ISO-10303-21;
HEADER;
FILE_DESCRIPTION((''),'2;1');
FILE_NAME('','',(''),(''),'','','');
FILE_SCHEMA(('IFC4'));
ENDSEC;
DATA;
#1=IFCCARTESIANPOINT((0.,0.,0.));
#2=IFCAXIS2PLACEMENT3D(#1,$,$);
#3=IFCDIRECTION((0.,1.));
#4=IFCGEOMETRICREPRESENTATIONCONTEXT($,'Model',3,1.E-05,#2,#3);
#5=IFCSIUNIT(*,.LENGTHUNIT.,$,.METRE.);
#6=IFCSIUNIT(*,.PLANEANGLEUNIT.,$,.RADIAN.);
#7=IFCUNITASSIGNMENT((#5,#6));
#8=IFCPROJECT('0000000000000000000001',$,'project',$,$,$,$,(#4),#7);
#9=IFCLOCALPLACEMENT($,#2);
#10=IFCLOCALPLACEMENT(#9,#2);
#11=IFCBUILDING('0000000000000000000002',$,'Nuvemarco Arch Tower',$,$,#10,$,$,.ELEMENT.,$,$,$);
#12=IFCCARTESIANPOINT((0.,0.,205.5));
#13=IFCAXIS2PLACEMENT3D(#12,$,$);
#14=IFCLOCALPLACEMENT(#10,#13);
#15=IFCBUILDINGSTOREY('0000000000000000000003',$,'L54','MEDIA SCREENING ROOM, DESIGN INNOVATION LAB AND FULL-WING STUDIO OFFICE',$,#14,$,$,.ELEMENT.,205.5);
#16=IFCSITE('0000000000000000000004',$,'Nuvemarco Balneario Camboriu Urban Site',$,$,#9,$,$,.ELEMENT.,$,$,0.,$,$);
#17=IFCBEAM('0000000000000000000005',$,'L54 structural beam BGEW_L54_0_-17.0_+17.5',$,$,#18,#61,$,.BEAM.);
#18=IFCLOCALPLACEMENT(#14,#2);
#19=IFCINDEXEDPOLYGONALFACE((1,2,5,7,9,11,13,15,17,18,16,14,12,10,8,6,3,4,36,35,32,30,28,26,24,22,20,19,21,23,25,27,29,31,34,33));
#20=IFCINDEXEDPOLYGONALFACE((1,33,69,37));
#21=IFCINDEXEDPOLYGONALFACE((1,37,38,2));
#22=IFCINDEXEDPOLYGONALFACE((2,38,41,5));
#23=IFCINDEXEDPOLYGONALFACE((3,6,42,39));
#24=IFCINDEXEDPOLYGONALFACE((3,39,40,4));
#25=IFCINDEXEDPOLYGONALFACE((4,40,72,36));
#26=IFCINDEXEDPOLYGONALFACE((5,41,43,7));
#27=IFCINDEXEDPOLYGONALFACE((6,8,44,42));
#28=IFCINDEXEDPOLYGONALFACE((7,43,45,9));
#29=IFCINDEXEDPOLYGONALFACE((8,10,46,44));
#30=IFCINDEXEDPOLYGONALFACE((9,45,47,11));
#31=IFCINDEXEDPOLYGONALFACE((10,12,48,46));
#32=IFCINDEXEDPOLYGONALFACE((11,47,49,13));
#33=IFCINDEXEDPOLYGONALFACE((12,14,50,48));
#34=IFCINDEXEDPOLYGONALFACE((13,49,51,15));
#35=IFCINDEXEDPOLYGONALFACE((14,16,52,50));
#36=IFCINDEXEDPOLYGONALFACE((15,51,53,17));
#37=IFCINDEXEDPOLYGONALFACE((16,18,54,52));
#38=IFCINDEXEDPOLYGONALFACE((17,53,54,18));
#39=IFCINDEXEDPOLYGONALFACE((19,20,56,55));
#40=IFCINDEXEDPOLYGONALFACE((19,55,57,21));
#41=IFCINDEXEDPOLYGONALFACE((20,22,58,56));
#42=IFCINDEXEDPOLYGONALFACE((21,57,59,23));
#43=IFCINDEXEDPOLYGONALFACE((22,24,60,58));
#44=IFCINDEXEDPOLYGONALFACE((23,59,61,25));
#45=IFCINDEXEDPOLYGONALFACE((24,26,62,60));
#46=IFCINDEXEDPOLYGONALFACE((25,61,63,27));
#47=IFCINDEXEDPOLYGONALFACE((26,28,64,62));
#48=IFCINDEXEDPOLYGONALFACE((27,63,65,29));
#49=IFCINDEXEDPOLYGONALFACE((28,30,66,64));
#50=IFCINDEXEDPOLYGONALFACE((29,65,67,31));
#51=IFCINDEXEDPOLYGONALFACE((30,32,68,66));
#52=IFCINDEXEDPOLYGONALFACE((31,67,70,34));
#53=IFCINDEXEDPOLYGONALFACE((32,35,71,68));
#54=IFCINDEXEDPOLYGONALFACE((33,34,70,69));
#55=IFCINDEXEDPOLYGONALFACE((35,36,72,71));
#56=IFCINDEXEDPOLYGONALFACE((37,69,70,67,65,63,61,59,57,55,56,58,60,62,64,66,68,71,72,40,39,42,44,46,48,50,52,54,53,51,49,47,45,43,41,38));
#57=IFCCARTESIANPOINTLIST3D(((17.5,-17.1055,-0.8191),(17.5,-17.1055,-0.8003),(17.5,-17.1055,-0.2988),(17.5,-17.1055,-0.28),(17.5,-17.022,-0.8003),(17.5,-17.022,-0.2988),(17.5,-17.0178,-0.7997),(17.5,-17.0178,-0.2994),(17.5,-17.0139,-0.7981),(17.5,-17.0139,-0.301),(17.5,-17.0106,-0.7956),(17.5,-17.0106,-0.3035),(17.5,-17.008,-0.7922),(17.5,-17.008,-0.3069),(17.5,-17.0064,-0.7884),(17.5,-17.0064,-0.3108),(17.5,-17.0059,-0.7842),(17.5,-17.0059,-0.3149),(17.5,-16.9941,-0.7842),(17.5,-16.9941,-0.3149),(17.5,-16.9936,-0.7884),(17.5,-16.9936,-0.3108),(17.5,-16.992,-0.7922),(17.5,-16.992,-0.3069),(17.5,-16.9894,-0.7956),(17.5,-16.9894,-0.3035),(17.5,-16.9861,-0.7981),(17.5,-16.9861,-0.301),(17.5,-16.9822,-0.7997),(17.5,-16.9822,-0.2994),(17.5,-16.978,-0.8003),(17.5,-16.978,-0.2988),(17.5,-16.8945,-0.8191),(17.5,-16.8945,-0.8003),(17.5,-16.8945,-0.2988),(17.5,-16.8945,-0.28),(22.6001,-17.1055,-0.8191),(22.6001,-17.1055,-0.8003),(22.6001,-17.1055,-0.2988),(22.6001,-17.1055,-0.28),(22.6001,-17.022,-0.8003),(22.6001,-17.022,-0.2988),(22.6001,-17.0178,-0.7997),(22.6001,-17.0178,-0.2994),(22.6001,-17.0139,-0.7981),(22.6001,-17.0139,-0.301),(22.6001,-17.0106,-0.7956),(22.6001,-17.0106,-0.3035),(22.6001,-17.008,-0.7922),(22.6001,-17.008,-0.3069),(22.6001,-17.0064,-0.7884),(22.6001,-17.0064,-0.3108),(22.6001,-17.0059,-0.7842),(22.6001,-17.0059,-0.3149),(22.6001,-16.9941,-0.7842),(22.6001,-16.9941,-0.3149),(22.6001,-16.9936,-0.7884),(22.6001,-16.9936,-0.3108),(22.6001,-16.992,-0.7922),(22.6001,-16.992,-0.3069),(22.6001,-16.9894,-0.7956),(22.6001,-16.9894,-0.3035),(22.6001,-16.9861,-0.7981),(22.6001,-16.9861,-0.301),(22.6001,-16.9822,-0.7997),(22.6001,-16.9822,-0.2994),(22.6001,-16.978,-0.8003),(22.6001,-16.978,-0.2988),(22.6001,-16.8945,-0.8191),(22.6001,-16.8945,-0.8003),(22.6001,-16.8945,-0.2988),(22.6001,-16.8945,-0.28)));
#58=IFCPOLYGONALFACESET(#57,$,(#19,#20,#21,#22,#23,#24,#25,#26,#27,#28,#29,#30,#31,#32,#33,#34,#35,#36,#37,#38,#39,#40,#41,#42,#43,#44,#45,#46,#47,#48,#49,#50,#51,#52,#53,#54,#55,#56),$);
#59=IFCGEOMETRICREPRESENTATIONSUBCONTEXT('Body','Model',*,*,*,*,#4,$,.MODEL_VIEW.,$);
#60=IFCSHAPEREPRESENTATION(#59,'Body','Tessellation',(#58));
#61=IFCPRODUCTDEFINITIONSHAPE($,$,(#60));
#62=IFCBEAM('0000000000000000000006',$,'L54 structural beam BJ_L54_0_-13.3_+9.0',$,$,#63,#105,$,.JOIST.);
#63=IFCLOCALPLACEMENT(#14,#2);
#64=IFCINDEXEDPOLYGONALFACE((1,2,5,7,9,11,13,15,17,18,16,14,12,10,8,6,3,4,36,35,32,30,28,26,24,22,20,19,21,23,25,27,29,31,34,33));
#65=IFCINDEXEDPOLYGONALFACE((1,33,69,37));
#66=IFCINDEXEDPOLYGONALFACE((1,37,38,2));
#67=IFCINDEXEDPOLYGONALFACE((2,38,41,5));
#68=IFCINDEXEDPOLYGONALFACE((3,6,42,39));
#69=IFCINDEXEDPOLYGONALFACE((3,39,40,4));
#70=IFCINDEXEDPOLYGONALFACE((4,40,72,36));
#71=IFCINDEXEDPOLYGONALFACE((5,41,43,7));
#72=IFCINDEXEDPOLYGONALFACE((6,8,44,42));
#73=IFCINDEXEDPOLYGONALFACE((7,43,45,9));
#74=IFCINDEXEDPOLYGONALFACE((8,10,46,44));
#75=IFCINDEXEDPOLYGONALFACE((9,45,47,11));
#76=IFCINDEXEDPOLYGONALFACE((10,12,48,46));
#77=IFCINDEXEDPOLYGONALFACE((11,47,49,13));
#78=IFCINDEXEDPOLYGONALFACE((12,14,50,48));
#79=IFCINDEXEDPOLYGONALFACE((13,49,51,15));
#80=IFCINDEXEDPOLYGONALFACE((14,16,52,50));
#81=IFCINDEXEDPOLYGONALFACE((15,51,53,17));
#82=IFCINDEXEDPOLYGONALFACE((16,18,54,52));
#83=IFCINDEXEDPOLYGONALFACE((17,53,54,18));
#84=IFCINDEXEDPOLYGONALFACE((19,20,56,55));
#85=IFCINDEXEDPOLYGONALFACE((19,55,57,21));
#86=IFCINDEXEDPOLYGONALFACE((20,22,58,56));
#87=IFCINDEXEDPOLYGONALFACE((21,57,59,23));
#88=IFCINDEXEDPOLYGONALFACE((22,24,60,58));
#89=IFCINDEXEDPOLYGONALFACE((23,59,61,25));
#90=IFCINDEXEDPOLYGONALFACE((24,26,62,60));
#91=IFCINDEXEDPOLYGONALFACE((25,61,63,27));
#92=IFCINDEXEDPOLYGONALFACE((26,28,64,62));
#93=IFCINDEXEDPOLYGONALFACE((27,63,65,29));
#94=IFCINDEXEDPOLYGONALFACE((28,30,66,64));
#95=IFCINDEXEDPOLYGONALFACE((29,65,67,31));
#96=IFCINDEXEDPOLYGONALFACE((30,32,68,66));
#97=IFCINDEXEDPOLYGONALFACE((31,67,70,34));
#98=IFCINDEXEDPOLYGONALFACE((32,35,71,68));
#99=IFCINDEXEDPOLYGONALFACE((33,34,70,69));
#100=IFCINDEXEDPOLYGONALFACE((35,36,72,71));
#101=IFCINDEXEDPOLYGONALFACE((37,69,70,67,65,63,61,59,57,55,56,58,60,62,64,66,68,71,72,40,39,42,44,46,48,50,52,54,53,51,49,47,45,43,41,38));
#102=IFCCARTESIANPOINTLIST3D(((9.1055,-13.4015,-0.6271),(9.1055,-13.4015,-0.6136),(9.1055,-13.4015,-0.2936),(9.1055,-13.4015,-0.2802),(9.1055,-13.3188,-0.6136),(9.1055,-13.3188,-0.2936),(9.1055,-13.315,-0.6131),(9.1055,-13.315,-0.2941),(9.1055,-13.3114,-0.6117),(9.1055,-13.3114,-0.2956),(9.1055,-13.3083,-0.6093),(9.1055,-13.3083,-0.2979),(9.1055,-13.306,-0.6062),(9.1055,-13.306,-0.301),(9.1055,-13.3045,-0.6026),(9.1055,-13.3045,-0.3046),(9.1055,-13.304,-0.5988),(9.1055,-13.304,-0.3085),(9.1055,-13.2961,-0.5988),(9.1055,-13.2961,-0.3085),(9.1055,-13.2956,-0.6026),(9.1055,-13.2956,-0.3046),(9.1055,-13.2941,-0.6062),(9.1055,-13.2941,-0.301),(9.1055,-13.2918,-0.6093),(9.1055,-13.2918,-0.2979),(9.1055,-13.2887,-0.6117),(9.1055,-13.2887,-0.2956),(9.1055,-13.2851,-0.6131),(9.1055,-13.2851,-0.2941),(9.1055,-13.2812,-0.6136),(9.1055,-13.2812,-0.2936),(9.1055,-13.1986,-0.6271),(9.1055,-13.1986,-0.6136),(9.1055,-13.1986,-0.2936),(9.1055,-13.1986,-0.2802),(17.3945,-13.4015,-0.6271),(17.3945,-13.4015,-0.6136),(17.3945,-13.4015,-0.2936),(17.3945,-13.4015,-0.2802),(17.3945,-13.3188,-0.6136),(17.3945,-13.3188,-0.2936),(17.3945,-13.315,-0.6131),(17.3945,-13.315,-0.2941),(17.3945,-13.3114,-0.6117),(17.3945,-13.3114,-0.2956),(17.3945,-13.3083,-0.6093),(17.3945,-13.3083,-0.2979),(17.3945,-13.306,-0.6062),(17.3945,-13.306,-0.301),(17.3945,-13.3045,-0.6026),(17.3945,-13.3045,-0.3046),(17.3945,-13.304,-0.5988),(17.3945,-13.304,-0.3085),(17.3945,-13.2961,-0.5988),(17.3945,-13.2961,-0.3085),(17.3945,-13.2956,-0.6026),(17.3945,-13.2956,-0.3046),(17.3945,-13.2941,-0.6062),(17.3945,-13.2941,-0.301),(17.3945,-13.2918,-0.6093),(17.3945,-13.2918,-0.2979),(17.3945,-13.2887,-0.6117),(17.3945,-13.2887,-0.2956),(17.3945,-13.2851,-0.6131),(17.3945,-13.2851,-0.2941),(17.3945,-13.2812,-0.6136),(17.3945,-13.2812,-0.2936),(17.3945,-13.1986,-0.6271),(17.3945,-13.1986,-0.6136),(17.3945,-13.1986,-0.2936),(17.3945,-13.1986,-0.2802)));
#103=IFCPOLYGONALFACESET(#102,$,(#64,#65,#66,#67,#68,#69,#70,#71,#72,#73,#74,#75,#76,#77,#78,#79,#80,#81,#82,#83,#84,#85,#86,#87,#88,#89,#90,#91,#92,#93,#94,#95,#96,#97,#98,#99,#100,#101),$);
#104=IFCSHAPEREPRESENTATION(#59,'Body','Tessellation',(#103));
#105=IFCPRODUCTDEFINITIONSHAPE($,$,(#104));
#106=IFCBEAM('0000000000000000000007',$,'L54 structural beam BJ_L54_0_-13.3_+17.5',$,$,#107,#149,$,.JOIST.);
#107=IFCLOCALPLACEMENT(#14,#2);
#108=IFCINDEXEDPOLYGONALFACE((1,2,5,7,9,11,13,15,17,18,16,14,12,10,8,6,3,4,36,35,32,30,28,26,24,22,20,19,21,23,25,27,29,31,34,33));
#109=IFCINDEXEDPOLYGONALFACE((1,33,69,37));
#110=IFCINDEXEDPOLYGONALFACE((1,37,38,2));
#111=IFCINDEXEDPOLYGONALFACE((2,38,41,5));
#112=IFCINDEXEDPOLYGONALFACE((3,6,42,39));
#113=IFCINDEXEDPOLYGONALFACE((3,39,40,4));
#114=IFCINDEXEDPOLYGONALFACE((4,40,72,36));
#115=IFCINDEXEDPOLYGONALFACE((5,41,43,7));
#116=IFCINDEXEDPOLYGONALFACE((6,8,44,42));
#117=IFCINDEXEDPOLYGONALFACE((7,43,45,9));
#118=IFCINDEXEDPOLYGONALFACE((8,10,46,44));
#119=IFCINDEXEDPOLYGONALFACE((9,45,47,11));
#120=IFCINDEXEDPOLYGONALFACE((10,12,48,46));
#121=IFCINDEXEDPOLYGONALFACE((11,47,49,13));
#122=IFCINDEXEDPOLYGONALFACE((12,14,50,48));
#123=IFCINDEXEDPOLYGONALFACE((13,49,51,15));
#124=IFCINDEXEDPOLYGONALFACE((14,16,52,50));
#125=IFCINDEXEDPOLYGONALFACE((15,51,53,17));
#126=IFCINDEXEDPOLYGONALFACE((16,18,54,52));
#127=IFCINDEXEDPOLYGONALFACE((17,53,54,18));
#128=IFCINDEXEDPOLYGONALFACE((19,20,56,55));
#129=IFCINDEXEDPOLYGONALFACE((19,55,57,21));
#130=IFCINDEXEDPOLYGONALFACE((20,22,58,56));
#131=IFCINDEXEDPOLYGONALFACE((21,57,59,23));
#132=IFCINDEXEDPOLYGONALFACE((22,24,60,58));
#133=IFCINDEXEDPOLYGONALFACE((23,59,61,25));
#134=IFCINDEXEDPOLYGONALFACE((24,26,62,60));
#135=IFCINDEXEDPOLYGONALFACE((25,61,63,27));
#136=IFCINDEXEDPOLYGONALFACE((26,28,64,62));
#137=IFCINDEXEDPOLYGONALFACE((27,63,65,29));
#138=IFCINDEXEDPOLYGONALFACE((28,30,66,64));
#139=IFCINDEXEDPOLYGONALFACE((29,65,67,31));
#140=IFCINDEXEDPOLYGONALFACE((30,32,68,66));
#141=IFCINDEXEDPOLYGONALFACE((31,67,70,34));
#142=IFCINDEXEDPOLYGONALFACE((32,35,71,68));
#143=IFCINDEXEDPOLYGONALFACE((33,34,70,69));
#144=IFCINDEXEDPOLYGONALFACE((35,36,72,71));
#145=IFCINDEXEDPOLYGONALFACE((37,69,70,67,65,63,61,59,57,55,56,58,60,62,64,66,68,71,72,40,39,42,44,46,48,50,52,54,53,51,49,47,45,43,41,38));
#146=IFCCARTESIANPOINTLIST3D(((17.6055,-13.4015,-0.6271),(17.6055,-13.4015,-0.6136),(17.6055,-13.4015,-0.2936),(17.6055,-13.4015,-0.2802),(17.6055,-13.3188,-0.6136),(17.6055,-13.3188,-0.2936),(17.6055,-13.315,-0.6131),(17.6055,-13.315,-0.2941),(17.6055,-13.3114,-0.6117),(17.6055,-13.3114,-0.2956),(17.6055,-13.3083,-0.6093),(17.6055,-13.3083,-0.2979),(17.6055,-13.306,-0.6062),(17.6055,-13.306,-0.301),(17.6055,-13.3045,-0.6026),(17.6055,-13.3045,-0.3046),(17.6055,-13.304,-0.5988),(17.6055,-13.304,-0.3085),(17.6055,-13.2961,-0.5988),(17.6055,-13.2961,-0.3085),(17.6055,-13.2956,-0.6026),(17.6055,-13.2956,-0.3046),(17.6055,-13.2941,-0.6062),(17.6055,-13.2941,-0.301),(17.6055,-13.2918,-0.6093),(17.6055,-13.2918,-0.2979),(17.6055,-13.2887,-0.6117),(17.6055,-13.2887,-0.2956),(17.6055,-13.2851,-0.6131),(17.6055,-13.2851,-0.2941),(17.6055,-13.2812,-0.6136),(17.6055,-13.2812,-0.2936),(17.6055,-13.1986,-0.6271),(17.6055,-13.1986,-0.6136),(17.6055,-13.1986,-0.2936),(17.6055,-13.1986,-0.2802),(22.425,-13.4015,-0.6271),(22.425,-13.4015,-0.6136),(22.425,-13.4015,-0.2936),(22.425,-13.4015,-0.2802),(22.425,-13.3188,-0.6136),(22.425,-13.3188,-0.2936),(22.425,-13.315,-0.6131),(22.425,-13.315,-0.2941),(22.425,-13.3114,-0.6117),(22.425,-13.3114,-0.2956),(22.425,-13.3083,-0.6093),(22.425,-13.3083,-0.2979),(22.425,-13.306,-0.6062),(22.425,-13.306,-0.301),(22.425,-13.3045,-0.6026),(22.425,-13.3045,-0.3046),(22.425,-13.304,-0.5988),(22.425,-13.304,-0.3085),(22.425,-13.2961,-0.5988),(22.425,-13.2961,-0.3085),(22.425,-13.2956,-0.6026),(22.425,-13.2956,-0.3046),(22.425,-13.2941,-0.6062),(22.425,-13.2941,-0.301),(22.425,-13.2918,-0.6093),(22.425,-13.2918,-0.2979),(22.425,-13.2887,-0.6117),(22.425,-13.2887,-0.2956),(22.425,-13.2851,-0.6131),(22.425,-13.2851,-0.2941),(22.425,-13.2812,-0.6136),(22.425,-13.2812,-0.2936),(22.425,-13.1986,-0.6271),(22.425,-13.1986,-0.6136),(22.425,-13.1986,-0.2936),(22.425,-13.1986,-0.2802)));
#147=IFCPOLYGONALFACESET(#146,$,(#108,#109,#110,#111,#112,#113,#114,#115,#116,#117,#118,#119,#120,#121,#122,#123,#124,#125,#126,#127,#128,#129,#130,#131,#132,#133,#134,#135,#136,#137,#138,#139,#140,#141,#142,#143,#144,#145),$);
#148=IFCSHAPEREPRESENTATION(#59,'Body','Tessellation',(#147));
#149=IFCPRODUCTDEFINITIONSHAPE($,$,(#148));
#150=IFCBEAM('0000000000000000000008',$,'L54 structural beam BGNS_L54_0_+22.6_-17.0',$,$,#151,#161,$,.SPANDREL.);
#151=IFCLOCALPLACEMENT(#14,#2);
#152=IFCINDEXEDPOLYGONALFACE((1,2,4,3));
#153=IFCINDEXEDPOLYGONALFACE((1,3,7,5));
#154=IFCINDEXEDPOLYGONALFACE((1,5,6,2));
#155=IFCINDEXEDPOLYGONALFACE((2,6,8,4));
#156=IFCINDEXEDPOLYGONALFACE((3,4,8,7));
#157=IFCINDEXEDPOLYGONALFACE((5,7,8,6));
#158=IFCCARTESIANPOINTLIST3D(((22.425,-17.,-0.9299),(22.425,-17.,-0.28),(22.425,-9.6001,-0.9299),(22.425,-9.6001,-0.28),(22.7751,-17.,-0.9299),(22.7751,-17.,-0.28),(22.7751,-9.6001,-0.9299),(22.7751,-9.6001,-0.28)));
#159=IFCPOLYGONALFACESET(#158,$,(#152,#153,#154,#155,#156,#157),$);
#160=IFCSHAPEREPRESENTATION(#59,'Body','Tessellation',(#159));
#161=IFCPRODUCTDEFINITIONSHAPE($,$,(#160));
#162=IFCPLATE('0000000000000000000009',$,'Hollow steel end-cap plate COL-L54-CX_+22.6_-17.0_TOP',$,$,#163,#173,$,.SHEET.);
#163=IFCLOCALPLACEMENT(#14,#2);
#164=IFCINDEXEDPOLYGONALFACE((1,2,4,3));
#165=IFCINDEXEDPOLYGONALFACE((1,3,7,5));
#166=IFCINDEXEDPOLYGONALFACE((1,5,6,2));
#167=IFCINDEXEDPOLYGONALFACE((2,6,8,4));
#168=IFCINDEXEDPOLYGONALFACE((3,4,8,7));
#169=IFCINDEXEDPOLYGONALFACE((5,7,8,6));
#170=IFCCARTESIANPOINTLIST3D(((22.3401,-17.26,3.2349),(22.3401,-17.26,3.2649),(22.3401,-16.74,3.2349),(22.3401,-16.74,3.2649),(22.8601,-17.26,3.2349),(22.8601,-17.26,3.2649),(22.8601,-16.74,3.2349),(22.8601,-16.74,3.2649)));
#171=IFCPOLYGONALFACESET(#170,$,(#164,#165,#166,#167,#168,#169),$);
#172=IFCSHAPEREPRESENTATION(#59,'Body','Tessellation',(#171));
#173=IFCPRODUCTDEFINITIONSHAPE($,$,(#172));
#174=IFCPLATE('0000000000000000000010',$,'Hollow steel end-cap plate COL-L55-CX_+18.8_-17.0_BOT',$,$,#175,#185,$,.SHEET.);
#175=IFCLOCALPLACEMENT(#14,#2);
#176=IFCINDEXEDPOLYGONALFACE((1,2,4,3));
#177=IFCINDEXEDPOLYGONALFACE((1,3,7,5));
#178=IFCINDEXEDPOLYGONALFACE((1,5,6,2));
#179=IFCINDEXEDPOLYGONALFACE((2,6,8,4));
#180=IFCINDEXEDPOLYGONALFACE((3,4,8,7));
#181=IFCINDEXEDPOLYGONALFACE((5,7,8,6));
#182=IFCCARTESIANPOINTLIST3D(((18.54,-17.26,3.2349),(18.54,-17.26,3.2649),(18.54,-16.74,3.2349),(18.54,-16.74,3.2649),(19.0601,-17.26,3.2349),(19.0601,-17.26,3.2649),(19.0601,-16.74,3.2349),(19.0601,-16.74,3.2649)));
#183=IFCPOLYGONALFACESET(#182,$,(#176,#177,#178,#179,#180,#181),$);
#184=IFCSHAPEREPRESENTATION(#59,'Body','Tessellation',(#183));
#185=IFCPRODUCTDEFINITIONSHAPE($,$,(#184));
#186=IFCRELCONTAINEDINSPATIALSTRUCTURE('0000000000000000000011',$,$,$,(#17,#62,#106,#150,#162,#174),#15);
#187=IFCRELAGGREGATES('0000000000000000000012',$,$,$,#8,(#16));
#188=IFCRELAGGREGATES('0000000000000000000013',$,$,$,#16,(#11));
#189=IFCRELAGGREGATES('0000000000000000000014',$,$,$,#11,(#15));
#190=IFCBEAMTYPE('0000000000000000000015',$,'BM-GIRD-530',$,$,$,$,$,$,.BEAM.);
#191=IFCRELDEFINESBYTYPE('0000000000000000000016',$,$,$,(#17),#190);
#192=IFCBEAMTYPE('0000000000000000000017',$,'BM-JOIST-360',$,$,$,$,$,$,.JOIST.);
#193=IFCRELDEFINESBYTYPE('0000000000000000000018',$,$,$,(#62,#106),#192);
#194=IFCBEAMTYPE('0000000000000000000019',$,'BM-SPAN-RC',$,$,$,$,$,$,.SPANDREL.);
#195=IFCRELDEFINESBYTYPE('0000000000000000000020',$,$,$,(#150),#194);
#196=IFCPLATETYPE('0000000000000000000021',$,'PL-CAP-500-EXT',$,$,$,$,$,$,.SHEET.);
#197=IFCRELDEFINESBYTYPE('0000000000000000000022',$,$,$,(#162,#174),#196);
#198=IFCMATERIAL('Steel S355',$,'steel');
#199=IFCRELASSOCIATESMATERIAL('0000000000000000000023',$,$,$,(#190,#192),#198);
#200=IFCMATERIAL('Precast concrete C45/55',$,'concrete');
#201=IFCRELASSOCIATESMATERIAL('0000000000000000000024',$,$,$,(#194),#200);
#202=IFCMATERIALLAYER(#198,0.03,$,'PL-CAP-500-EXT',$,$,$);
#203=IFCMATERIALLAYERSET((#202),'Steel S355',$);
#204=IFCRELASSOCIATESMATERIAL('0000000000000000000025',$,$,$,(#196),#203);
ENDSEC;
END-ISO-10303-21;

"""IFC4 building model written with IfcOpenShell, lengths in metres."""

from ifc_helpers import new_model, si_unit, direction, frame, origin, origin_2d, place, context, subcontext, project, spatial, rectangle, i_section, extrude, source, transform, mapped, material, layer, layer_set, material_profile, profile_set, type_object, type_shapes, element, save


model = new_model("IFC4")

# Units and contexts
model_context = context("Model", 3, precision=1e-05, world=origin(), true_north=direction((0.0, 1.0)))
body_context = subcontext(model_context, "Body", "Model", "MODEL_VIEW")
ifc_project = project(units=[si_unit("LENGTHUNIT", "METRE"), si_unit("PLANEANGLEUNIT", "RADIAN")], contexts=[model_context])

# Site, building, storey
site_placement = place(None, origin())
site = spatial("IfcSite", under=ifc_project, at=site_placement, Name="Nuvemarco Balneario Camboriu Urban Site", CompositionType="ELEMENT", RefElevation=0.0)
building_placement = place(site_placement, origin())
building = spatial("IfcBuilding", under=site, at=building_placement, Name="Nuvemarco Arch Tower", CompositionType="ELEMENT")
storey_placement = place(building_placement, frame((0.0, 0.0, 205.5)))
storey = spatial("IfcBuildingStorey", under=building, at=storey_placement, Name="L54", Description="MEDIA SCREENING ROOM, DESIGN INNOVATION LAB AND FULL-WING STUDIO OFFICE", CompositionType="ELEMENT", Elevation=205.5)

# Shared definitions
ifc_material_1 = material(Name="Steel S355", Category="steel")

# Beams
ifc_material_profile_1 = material_profile(ifc_material_1, i_section(OverallWidth=0.2109, OverallDepth=0.5391, WebThickness=0.0117, FlangeThickness=0.0188, FilletRadius=0.0161, at=origin_2d()), Name="W530x109")
ifc_profile_set_1 = profile_set([ifc_material_profile_1], Name="Steel S355")
beam_type_1 = type_object("IfcBeamType", Name="BM-GIRD-530", PredefinedType="BEAM", material=ifc_profile_set_1)
beam_1_placement = place(storey_placement, frame((17.5, -17.0, -0.5496), z_axis=(1.0, 0.0, 0.0), x_axis=(0.0, 1.0, 0.0)))
element("IfcBeam", 1, at=beam_1_placement, inside=storey, type_object=beam_type_1, Name="L54 structural beam BGEW_L54_0_-17.0_+17.5", PredefinedType="BEAM", context=body_context, shape_type="SweptSolid", body=[
    extrude(i_section(OverallWidth=0.2109, OverallDepth=0.5391, WebThickness=0.0117, FlangeThickness=0.0188, FilletRadius=0.0161, at=origin_2d()), origin(), (0.0, 0.0, 1.0), 5.1001),
])
ifc_material_profile_2 = material_profile(ifc_material_1, i_section(OverallWidth=0.2029, OverallDepth=0.3469, WebThickness=0.0078, FlangeThickness=0.0134, FilletRadius=0.0149, at=origin_2d()), Name="W360x64")
ifc_profile_set_2 = profile_set([ifc_material_profile_2], Name="Steel S355")
beam_type_2 = type_object("IfcBeamType", Name="BM-JOIST-360", PredefinedType="JOIST", material=ifc_profile_set_2)
beam_2_placement = place(storey_placement, frame((9.1055, -13.3, -0.4536), z_axis=(1.0, 0.0, 0.0), x_axis=(0.0, 1.0, 0.0)))
element("IfcBeam", 2, at=beam_2_placement, inside=storey, type_object=beam_type_2, Name="L54 structural beam BJ_L54_0_-13.3_+9.0", PredefinedType="JOIST", context=body_context, shape_type="SweptSolid", body=[
    extrude(i_section(OverallWidth=0.2029, OverallDepth=0.3469, WebThickness=0.0078, FlangeThickness=0.0134, FilletRadius=0.0149, at=origin_2d()), origin(), (0.0, 0.0, 1.0), 8.2891),
])
beam_3_placement = place(storey_placement, frame((17.6055, -13.3, -0.4536), z_axis=(1.0, 0.0, 0.0), x_axis=(0.0, 1.0, 0.0)))
element("IfcBeam", 3, at=beam_3_placement, inside=storey, type_object=beam_type_2, Name="L54 structural beam BJ_L54_0_-13.3_+17.5", PredefinedType="JOIST", context=body_context, shape_type="SweptSolid", body=[
    extrude(i_section(OverallWidth=0.2029, OverallDepth=0.3469, WebThickness=0.0078, FlangeThickness=0.0134, FilletRadius=0.0149, at=origin_2d()), origin(), (0.0, 0.0, 1.0), 4.8196),
])
ifc_material_2 = material(Name="Precast concrete C45/55", Category="concrete")
ifc_material_profile_3 = material_profile(ifc_material_2, rectangle(XDim=0.3501, YDim=0.6499, at=origin_2d()), Name="PC-SP-350x650")
ifc_profile_set_3 = profile_set([ifc_material_profile_3], Name="Precast concrete C45/55")
beam_type_3 = type_object("IfcBeamType", Name="BM-SPAN-RC", PredefinedType="SPANDREL", material=ifc_profile_set_3)
beam_4_placement = place(storey_placement, frame((22.6001, -17.0, -0.605), z_axis=(0.0, 1.0, 0.0), x_axis=(-1.0, 0.0, 0.0)))
element("IfcBeam", 4, at=beam_4_placement, inside=storey, type_object=beam_type_3, Name="L54 structural beam BGNS_L54_0_+22.6_-17.0", PredefinedType="SPANDREL", context=body_context, shape_type="SweptSolid", body=[
    extrude(rectangle(XDim=0.3501, YDim=0.6499, at=origin_2d()), origin(), (0.0, 0.0, 1.0), 7.3999),
])

# Plates
ifc_layer_1 = layer(ifc_material_1, 0.03, Name="PL-CAP-500-EXT")
ifc_layer_set_1 = layer_set([ifc_layer_1], Name="Steel S355")
plate_type = type_object("IfcPlateType", Name="PL-CAP-500-EXT", PredefinedType="SHEET", material=ifc_layer_set_1)
shared_shape_1 = source(origin(), body_context, "Body", "SweptSolid", [
    extrude(rectangle(XDim=0.52, YDim=0.52, at=origin_2d()), origin(), (0.0, 0.0, 1.0), 0.03),
])
type_shapes(plate_type, [shared_shape_1])
for number, where, z_axis, x_axis, name in (
    (5, (22.6001, -17.0, 3.2349), (0.0, 0.0, 1.0), (1.0, 0.0, 0.0), "Hollow steel end-cap plate COL-L54-CX_+22.6_-17.0_TOP"),
    (6, (18.8, -17.0, 3.2349), (0.0, 0.0, 1.0), (1.0, 0.0, 0.0), "Hollow steel end-cap plate COL-L55-CX_+18.8_-17.0_BOT"),
):
    element("IfcPlate", number, at=place(storey_placement, frame(where, z_axis=z_axis, x_axis=x_axis)), inside=storey, type_object=plate_type, Name=name, PredefinedType="SHEET", context=body_context, shape_type="MappedRepresentation", body=[
        mapped(shared_shape_1, transform((0.0, 0.0, 0.0), scale=1.0)),
    ])

save(model, "model.ifc")
